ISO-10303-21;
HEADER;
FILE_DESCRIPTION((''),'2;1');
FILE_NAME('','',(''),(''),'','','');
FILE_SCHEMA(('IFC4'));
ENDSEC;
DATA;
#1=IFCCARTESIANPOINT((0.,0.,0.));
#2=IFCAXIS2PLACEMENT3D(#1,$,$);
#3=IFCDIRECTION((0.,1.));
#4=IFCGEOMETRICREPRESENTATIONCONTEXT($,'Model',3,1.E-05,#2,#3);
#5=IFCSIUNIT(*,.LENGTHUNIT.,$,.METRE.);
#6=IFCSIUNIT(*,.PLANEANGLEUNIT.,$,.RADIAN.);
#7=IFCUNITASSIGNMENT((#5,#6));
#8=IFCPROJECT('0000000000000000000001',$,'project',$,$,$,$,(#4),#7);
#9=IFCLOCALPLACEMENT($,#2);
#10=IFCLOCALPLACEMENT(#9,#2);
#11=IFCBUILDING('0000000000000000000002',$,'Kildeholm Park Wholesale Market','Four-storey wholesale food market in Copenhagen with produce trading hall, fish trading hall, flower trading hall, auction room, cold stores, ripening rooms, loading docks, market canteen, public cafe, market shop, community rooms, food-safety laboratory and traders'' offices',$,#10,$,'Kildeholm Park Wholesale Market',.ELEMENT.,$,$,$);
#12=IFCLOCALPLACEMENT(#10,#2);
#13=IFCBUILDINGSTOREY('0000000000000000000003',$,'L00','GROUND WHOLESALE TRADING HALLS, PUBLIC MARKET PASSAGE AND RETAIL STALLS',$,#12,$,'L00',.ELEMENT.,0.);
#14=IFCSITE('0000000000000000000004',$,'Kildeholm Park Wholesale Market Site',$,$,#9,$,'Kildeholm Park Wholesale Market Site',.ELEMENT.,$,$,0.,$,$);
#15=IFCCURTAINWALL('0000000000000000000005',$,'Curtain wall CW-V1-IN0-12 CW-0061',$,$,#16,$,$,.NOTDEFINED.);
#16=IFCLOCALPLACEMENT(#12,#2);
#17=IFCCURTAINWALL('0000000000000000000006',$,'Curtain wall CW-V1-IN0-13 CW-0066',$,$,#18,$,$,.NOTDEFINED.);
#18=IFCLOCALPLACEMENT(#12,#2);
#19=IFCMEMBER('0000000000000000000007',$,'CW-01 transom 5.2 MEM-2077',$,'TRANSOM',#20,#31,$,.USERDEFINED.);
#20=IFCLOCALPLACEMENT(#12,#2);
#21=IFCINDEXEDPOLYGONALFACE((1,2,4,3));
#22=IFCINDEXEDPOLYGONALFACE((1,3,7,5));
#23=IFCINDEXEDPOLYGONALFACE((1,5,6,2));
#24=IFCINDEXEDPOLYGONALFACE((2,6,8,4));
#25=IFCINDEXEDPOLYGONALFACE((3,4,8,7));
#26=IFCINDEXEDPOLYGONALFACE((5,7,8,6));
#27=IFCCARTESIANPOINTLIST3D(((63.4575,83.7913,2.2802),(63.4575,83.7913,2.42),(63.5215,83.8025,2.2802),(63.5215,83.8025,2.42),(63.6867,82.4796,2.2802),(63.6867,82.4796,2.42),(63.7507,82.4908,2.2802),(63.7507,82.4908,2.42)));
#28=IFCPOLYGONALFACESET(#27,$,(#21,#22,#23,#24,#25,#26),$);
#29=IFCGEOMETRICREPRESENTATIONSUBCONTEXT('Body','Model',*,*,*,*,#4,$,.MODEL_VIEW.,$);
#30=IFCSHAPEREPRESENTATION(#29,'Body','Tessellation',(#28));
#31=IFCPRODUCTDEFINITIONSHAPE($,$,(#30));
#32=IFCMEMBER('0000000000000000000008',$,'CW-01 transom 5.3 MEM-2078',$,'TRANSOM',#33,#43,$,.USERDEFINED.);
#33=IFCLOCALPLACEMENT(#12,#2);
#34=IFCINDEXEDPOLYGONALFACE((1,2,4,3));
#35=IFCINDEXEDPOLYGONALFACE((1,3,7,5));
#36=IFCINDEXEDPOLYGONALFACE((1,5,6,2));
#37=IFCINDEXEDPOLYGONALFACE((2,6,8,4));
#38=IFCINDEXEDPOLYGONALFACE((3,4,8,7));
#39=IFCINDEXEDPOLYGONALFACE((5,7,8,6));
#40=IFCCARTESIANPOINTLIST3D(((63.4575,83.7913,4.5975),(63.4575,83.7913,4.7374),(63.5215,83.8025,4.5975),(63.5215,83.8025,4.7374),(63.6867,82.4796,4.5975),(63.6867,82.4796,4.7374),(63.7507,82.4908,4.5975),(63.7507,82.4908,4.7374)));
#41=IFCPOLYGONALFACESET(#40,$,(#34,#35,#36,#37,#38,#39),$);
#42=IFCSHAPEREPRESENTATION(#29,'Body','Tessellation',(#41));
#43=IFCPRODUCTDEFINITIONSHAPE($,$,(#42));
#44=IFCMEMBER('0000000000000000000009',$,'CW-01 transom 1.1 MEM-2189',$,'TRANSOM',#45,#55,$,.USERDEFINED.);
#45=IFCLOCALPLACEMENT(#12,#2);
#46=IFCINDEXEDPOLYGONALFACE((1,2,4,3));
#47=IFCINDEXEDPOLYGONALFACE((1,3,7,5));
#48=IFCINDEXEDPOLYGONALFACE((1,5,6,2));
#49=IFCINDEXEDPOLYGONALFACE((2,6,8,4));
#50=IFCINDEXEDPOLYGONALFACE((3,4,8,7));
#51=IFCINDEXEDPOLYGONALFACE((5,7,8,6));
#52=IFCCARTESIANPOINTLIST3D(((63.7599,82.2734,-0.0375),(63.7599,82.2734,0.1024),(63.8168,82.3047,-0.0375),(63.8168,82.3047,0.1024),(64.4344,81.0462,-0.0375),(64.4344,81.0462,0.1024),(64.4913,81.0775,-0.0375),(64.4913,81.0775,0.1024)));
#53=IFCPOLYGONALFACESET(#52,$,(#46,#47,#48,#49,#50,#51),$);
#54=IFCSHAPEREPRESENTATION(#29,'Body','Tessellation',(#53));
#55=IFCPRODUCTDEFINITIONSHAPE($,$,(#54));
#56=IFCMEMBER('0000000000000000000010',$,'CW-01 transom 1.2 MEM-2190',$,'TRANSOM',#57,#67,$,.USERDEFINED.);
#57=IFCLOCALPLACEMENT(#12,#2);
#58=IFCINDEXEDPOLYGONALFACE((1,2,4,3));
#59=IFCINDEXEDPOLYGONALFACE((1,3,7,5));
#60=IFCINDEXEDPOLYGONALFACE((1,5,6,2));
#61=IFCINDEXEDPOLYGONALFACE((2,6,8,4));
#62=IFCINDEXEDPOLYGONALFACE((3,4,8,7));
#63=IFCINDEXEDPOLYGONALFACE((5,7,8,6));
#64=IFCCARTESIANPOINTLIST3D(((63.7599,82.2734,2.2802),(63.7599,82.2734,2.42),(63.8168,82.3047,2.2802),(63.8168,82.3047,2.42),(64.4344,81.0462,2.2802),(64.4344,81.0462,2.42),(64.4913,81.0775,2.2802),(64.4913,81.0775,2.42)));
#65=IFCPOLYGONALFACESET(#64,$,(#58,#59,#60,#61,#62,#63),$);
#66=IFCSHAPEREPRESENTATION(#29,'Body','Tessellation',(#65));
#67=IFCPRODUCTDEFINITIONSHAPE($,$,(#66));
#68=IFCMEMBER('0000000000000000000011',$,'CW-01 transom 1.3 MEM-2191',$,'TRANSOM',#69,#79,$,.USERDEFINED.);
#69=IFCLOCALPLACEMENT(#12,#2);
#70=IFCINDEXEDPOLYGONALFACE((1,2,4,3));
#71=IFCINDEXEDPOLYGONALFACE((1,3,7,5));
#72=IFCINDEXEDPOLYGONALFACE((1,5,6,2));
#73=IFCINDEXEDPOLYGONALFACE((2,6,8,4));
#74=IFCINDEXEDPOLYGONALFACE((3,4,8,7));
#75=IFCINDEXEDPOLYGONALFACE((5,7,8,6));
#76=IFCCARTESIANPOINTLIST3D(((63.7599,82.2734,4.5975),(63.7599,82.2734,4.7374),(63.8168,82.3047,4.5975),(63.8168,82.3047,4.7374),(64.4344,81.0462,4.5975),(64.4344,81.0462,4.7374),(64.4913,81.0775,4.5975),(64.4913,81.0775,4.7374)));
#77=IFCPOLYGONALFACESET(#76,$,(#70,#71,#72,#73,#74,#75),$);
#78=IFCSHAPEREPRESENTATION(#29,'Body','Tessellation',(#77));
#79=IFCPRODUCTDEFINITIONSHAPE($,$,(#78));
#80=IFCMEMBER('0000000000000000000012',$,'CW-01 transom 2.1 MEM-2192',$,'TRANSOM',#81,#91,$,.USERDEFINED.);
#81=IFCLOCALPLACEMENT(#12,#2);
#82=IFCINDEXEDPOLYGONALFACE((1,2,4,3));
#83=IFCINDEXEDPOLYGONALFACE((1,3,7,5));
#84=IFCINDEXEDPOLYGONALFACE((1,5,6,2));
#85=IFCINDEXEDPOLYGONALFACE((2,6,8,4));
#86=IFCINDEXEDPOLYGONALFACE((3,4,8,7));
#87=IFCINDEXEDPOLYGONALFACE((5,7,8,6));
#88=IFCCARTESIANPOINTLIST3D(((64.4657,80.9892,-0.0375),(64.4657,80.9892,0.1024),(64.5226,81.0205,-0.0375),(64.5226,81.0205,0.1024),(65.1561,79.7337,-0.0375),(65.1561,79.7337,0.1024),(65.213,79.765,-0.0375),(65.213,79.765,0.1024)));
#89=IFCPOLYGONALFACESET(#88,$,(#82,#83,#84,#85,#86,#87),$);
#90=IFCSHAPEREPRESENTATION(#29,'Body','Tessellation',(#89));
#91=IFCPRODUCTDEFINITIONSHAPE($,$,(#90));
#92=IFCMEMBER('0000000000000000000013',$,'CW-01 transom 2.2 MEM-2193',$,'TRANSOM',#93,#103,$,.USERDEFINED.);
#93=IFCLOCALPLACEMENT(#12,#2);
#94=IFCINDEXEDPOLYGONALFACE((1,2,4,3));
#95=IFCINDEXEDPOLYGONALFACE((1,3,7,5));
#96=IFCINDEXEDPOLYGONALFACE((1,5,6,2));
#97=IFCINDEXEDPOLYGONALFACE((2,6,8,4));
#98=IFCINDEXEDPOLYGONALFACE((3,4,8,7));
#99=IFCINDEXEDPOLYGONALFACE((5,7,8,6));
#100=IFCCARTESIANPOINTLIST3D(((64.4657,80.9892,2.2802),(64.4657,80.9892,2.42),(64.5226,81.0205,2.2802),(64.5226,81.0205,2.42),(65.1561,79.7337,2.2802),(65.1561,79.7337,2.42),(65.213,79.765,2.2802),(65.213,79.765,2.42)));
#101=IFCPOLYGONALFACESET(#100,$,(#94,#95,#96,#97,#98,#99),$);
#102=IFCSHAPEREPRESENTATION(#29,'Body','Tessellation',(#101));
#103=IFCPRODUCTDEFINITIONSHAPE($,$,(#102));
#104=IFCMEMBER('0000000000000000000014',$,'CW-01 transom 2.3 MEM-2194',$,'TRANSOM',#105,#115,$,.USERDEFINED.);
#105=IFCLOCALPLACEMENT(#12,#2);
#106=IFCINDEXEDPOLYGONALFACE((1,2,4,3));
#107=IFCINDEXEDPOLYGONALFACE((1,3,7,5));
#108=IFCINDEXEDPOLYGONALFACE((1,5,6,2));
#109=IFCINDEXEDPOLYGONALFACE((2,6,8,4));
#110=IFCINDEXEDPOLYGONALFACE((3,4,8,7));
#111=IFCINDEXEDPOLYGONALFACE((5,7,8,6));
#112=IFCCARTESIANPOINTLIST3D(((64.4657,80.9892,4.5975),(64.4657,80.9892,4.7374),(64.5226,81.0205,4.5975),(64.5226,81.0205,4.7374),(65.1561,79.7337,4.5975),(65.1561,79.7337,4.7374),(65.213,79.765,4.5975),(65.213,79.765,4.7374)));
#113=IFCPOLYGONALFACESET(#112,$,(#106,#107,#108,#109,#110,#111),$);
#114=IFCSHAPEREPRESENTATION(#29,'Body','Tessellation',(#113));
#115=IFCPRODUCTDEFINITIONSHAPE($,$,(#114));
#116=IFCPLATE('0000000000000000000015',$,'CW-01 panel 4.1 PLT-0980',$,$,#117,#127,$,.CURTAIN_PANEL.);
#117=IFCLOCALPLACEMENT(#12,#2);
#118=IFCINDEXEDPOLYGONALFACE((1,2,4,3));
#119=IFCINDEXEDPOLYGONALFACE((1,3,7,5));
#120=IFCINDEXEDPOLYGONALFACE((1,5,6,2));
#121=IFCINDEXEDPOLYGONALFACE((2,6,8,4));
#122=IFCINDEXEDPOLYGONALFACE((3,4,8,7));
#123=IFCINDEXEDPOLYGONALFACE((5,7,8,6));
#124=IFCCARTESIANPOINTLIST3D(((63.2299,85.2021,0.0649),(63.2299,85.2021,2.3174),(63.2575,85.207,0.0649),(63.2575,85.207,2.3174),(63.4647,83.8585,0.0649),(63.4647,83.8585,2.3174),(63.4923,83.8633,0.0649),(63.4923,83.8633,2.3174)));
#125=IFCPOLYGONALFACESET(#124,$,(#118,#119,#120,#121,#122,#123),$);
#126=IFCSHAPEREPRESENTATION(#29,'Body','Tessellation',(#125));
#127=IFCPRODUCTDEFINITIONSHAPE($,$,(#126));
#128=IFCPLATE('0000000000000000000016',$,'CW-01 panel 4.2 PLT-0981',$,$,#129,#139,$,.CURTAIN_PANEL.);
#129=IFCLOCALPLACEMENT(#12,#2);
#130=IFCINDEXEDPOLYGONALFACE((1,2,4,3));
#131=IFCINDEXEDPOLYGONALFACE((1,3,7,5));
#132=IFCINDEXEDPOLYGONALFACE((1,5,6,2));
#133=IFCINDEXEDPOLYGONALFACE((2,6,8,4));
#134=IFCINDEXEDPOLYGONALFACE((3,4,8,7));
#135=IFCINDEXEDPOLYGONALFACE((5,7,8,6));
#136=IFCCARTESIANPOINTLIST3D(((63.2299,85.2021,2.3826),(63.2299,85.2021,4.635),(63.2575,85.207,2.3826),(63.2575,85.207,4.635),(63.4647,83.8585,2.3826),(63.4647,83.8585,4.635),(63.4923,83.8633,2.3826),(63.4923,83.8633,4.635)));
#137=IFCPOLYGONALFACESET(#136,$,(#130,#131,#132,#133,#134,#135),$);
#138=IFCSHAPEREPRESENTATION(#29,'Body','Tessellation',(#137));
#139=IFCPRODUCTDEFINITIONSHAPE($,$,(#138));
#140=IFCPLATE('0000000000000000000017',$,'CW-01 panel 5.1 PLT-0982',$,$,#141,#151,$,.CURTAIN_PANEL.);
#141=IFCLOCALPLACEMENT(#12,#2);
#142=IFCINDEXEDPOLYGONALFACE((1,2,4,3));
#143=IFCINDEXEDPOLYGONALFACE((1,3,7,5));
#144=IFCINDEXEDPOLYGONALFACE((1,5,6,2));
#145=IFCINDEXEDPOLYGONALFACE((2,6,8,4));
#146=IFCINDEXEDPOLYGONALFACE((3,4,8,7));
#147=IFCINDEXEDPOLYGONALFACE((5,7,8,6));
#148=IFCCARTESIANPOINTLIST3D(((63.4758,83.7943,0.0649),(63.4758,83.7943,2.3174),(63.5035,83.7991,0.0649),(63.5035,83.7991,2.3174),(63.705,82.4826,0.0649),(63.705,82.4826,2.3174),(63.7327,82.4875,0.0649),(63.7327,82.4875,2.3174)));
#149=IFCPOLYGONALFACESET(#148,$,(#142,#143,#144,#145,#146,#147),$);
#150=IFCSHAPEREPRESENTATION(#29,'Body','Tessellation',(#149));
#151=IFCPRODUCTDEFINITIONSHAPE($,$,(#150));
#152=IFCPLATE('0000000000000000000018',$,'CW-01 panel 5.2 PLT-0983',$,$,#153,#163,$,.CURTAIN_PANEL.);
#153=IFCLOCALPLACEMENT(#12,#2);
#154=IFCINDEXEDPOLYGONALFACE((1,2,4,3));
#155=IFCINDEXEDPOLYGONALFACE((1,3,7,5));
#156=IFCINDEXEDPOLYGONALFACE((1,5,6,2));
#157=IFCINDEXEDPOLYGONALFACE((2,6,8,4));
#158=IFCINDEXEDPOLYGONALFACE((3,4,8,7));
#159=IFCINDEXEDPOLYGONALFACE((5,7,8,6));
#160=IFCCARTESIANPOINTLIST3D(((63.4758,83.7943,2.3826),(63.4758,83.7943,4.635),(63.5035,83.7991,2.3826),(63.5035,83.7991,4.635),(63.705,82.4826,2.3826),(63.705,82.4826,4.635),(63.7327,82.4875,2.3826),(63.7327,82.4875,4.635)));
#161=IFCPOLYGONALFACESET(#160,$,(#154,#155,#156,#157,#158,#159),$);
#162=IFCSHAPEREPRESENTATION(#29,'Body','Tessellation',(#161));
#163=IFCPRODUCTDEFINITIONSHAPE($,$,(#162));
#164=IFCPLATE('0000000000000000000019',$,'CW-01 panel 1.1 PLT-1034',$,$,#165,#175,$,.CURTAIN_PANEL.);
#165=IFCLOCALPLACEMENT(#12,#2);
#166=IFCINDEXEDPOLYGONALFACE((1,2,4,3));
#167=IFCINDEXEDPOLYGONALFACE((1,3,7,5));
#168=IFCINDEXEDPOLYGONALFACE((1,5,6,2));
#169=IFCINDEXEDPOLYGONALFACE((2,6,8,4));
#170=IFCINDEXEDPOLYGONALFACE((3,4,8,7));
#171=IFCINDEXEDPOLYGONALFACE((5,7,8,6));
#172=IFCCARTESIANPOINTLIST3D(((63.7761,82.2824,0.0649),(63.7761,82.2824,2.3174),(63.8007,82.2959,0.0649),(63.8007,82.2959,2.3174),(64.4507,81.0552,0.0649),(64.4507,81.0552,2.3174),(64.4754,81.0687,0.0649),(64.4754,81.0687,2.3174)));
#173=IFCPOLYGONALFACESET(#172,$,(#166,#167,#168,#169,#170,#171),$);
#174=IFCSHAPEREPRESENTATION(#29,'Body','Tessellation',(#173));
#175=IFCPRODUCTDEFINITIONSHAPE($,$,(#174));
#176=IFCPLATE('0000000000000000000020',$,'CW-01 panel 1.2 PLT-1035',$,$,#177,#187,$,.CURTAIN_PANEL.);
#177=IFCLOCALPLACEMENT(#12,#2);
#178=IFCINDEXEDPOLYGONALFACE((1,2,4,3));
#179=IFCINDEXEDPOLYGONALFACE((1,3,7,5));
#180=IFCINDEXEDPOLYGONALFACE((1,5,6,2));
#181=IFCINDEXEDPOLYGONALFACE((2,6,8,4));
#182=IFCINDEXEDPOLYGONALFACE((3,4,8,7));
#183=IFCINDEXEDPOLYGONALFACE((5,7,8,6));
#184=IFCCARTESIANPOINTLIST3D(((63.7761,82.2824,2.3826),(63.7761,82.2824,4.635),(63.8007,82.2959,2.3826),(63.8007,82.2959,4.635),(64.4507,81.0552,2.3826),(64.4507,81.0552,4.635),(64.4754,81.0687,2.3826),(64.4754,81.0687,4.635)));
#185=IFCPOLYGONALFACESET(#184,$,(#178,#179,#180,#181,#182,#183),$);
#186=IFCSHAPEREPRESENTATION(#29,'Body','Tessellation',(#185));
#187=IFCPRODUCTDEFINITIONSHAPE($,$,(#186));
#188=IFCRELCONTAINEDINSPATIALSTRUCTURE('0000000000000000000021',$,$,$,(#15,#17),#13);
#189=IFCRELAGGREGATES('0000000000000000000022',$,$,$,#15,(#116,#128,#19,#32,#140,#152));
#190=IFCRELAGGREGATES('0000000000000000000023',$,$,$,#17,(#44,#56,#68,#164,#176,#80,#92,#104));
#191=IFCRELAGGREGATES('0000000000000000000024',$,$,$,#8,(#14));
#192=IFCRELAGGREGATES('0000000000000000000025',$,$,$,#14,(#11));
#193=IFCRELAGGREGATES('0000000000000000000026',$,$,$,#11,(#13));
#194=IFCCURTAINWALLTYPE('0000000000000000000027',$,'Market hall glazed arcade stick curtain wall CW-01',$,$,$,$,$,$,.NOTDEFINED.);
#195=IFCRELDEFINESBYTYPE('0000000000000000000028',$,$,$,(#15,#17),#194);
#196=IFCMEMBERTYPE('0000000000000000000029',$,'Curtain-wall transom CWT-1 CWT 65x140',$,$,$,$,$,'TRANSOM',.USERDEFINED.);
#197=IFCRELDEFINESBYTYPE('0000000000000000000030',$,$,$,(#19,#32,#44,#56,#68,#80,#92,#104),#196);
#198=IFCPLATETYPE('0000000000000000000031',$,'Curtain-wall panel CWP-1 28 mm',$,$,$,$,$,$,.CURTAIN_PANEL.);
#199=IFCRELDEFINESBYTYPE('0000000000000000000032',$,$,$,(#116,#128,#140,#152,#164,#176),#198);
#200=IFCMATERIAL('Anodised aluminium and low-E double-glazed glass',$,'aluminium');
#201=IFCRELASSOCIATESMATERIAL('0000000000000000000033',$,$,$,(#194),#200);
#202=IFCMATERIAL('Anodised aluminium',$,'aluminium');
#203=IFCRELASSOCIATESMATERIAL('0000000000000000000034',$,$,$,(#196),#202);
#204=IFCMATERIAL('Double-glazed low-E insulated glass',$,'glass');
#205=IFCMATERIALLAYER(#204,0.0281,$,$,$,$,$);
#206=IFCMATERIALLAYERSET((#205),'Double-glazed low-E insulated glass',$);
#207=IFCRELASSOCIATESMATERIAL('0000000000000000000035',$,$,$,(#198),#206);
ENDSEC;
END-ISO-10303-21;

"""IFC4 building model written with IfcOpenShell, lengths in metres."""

from ifc_helpers import new_model, si_unit, direction, frame, origin, origin_2d, place, context, subcontext, project, spatial, rectangle, extrude, material, layer, layer_set, material_profile, profile_set, type_object, element, aggregate, save


model = new_model("IFC4")

# Units and contexts
model_context = context("Model", 3, precision=1e-05, world=origin(), true_north=direction((0.0, 1.0)))
body_context = subcontext(model_context, "Body", "Model", "MODEL_VIEW")
ifc_project = project(units=[si_unit("LENGTHUNIT", "METRE"), si_unit("PLANEANGLEUNIT", "RADIAN")], contexts=[model_context])

# Site, building, storey
site_placement = place(None, origin())
site = spatial("IfcSite", under=ifc_project, at=site_placement, Name="Kildeholm Park Wholesale Market Site", LongName="Kildeholm Park Wholesale Market Site", CompositionType="ELEMENT", RefElevation=0.0)
building_placement = place(site_placement, origin())
building = spatial("IfcBuilding", under=site, at=building_placement, Name="Kildeholm Park Wholesale Market", Description="Four-storey wholesale food market in Copenhagen with produce trading hall, fish trading hall, flower trading hall, auction room, cold stores, ripening rooms, loading docks, market canteen, public cafe, market shop, community rooms, food-safety laboratory and traders' offices", LongName="Kildeholm Park Wholesale Market", CompositionType="ELEMENT")
storey_placement = place(building_placement, origin())
storey = spatial("IfcBuildingStorey", under=building, at=storey_placement, Name="L00", Description="GROUND WHOLESALE TRADING HALLS, PUBLIC MARKET PASSAGE AND RETAIL STALLS", LongName="L00", CompositionType="ELEMENT", Elevation=0.0)

# Curtain walls
ifc_material_1 = material(Name="Anodised aluminium and low-E double-glazed glass", Category="aluminium")
curtain_wall_type = type_object("IfcCurtainWallType", Name="Market hall glazed arcade stick curtain wall CW-01", PredefinedType="NOTDEFINED", material=ifc_material_1)
curtain_wall_1_placement = place(storey_placement, origin())
curtain_wall_1 = element("IfcCurtainWall", 1, at=curtain_wall_1_placement, inside=storey, type_object=curtain_wall_type, Name="Curtain wall CW-V1-IN0-12 CW-0061", PredefinedType="NOTDEFINED")
ifc_material_2 = material(Name="Anodised aluminium", Category="aluminium")
curtain_wall_2_placement = place(storey_placement, origin())
curtain_wall_2 = element("IfcCurtainWall", 2, at=curtain_wall_2_placement, inside=storey, type_object=curtain_wall_type, Name="Curtain wall CW-V1-IN0-13 CW-0066", PredefinedType="NOTDEFINED")

# Members
ifc_material_profile_1 = material_profile(ifc_material_2, rectangle(XDim=0.0649, YDim=0.1399, at=origin_2d()), Name="CWT 65x140")
ifc_profile_set_1 = profile_set([ifc_material_profile_1], Name="Anodised aluminium")
member_type_1 = type_object("IfcMemberType", Name="Curtain-wall transom CWT-1 CWT 65x140", ElementType="TRANSOM", PredefinedType="USERDEFINED", material=ifc_profile_set_1)
member_1_placement = place(storey_placement, frame((63.4895, 83.7969, 2.3501), z_axis=(0.172154, -0.98507, 0.0), x_axis=(0.98507, 0.172154, 0.0)))
member_1 = element("IfcMember", 3, at=member_1_placement, type_object=member_type_1, Name="CW-01 transom 5.2 MEM-2077", ObjectType="TRANSOM", PredefinedType="USERDEFINED", context=body_context, shape_type="SweptSolid", body=[
    extrude(rectangle(XDim=0.0649, YDim=0.1399, at=origin_2d()), origin(), (0.0, 0.0, 1.0), 1.3315),
])
member_2_placement = place(storey_placement, frame((63.4895, 83.7969, 4.6675), z_axis=(0.172154, -0.98507, 0.0), x_axis=(0.98507, 0.172154, 0.0)))
member_2 = element("IfcMember", 4, at=member_2_placement, type_object=member_type_1, Name="CW-01 transom 5.3 MEM-2078", ObjectType="TRANSOM", PredefinedType="USERDEFINED", context=body_context, shape_type="SweptSolid", body=[
    extrude(rectangle(XDim=0.0649, YDim=0.1399, at=origin_2d()), origin(), (0.0, 0.0, 1.0), 1.3315),
])
member_3_placement = place(storey_placement, frame((63.7883, 82.2891, 0.0325), z_axis=(0.481671, -0.876352, 0.0), x_axis=(0.876352, 0.481671, 0.0)))
member_3 = element("IfcMember", 5, at=member_3_placement, type_object=member_type_1, Name="CW-01 transom 1.1 MEM-2189", ObjectType="TRANSOM", PredefinedType="USERDEFINED", context=body_context, shape_type="SweptSolid", body=[
    extrude(rectangle(XDim=0.0649, YDim=0.1399, at=origin_2d()), origin(), (0.0, 0.0, 1.0), 1.4004),
])
member_4_placement = place(storey_placement, frame((63.7883, 82.2891, 2.3501), z_axis=(0.481671, -0.876352, 0.0), x_axis=(0.876352, 0.481671, 0.0)))
member_4 = element("IfcMember", 6, at=member_4_placement, type_object=member_type_1, Name="CW-01 transom 1.2 MEM-2190", ObjectType="TRANSOM", PredefinedType="USERDEFINED", context=body_context, shape_type="SweptSolid", body=[
    extrude(rectangle(XDim=0.0649, YDim=0.1399, at=origin_2d()), origin(), (0.0, 0.0, 1.0), 1.4004),
])
member_5_placement = place(storey_placement, frame((63.7883, 82.2891, 4.6675), z_axis=(0.481671, -0.876352, 0.0), x_axis=(0.876352, 0.481671, 0.0)))
member_5 = element("IfcMember", 7, at=member_5_placement, type_object=member_type_1, Name="CW-01 transom 1.3 MEM-2191", ObjectType="TRANSOM", PredefinedType="USERDEFINED", context=body_context, shape_type="SweptSolid", body=[
    extrude(rectangle(XDim=0.0649, YDim=0.1399, at=origin_2d()), origin(), (0.0, 0.0, 1.0), 1.4004),
])
member_6_placement = place(storey_placement, frame((64.4941, 81.0049, 0.0325), z_axis=(0.481834, -0.876263, 0.0), x_axis=(0.876263, 0.481834, 0.0)))
member_6 = element("IfcMember", 8, at=member_6_placement, type_object=member_type_1, Name="CW-01 transom 2.1 MEM-2192", ObjectType="TRANSOM", PredefinedType="USERDEFINED", context=body_context, shape_type="SweptSolid", body=[
    extrude(rectangle(XDim=0.0649, YDim=0.1399, at=origin_2d()), origin(), (0.0, 0.0, 1.0), 1.4329),
])
member_7_placement = place(storey_placement, frame((64.4941, 81.0049, 2.3501), z_axis=(0.481834, -0.876263, 0.0), x_axis=(0.876263, 0.481834, 0.0)))
member_7 = element("IfcMember", 9, at=member_7_placement, type_object=member_type_1, Name="CW-01 transom 2.2 MEM-2193", ObjectType="TRANSOM", PredefinedType="USERDEFINED", context=body_context, shape_type="SweptSolid", body=[
    extrude(rectangle(XDim=0.0649, YDim=0.1399, at=origin_2d()), origin(), (0.0, 0.0, 1.0), 1.4329),
])
member_8_placement = place(storey_placement, frame((64.4941, 81.0049, 4.6675), z_axis=(0.481834, -0.876263, 0.0), x_axis=(0.876263, 0.481834, 0.0)))
member_8 = element("IfcMember", 10, at=member_8_placement, type_object=member_type_1, Name="CW-01 transom 2.3 MEM-2194", ObjectType="TRANSOM", PredefinedType="USERDEFINED", context=body_context, shape_type="SweptSolid", body=[
    extrude(rectangle(XDim=0.0649, YDim=0.1399, at=origin_2d()), origin(), (0.0, 0.0, 1.0), 1.4329),
])

# Plates
ifc_material_3 = material(Name="Double-glazed low-E insulated glass", Category="glass")
ifc_layer = layer(ifc_material_3, 0.0281)
ifc_layer_set = layer_set([ifc_layer], Name="Double-glazed low-E insulated glass")
plate_type = type_object("IfcPlateType", Name="Curtain-wall panel CWP-1 28 mm", PredefinedType="CURTAIN_PANEL", material=ifc_layer_set)
plate_1_placement = place(storey_placement, frame((63.3611, 84.5327, 0.0649), z_axis=(0.0, 0.0, 1.0), x_axis=(0.172133, -0.985074, 0.0)))
plate_1 = element("IfcPlate", 11, at=plate_1_placement, type_object=plate_type, Name="CW-01 panel 4.1 PLT-0980", PredefinedType="CURTAIN_PANEL", context=body_context, shape_type="SweptSolid", body=[
    extrude(rectangle(XDim=1.364, YDim=0.0281, at=origin_2d()), origin(), (0.0, 0.0, 1.0), 2.2524),
])
plate_2_placement = place(storey_placement, frame((63.3611, 84.5327, 2.3826), z_axis=(0.0, 0.0, 1.0), x_axis=(0.172133, -0.985074, 0.0)))
plate_2 = element("IfcPlate", 12, at=plate_2_placement, type_object=plate_type, Name="CW-01 panel 4.2 PLT-0981", PredefinedType="CURTAIN_PANEL", context=body_context, shape_type="SweptSolid", body=[
    extrude(rectangle(XDim=1.364, YDim=0.0281, at=origin_2d()), origin(), (0.0, 0.0, 1.0), 2.2524),
])
plate_3_placement = place(storey_placement, frame((63.6042, 83.1409, 0.0649), z_axis=(0.0, 0.0, 1.0), x_axis=(0.172133, -0.985074, 0.0)))
plate_3 = element("IfcPlate", 13, at=plate_3_placement, type_object=plate_type, Name="CW-01 panel 5.1 PLT-0982", PredefinedType="CURTAIN_PANEL", context=body_context, shape_type="SweptSolid", body=[
    extrude(rectangle(XDim=1.3315, YDim=0.0281, at=origin_2d()), origin(), (0.0, 0.0, 1.0), 2.2524),
])
plate_4_placement = place(storey_placement, frame((63.6042, 83.1409, 2.3826), z_axis=(0.0, 0.0, 1.0), x_axis=(0.172133, -0.985074, 0.0)))
plate_4 = element("IfcPlate", 14, at=plate_4_placement, type_object=plate_type, Name="CW-01 panel 5.2 PLT-0983", PredefinedType="CURTAIN_PANEL", context=body_context, shape_type="SweptSolid", body=[
    extrude(rectangle(XDim=1.3315, YDim=0.0281, at=origin_2d()), origin(), (0.0, 0.0, 1.0), 2.2524),
])
aggregate(curtain_wall_1, [plate_1, plate_2, member_1, member_2, plate_3, plate_4])
plate_5_placement = place(storey_placement, frame((64.1257, 81.6755, 0.0649), z_axis=(0.0, 0.0, 1.0), x_axis=(0.48175, -0.876309, 0.0)))
plate_5 = element("IfcPlate", 15, at=plate_5_placement, type_object=plate_type, Name="CW-01 panel 1.1 PLT-1034", PredefinedType="CURTAIN_PANEL", context=body_context, shape_type="SweptSolid", body=[
    extrude(rectangle(XDim=1.4004, YDim=0.0281, at=origin_2d()), origin(), (0.0, 0.0, 1.0), 2.2524),
])
plate_6_placement = place(storey_placement, frame((64.1257, 81.6755, 2.3826), z_axis=(0.0, 0.0, 1.0), x_axis=(0.48175, -0.876309, 0.0)))
plate_6 = element("IfcPlate", 16, at=plate_6_placement, type_object=plate_type, Name="CW-01 panel 1.2 PLT-1035", PredefinedType="CURTAIN_PANEL", context=body_context, shape_type="SweptSolid", body=[
    extrude(rectangle(XDim=1.4004, YDim=0.0281, at=origin_2d()), origin(), (0.0, 0.0, 1.0), 2.2524),
])
aggregate(curtain_wall_2, [member_3, member_4, member_5, plate_5, plate_6, member_6, member_7, member_8])

save(model, "model.ifc")
